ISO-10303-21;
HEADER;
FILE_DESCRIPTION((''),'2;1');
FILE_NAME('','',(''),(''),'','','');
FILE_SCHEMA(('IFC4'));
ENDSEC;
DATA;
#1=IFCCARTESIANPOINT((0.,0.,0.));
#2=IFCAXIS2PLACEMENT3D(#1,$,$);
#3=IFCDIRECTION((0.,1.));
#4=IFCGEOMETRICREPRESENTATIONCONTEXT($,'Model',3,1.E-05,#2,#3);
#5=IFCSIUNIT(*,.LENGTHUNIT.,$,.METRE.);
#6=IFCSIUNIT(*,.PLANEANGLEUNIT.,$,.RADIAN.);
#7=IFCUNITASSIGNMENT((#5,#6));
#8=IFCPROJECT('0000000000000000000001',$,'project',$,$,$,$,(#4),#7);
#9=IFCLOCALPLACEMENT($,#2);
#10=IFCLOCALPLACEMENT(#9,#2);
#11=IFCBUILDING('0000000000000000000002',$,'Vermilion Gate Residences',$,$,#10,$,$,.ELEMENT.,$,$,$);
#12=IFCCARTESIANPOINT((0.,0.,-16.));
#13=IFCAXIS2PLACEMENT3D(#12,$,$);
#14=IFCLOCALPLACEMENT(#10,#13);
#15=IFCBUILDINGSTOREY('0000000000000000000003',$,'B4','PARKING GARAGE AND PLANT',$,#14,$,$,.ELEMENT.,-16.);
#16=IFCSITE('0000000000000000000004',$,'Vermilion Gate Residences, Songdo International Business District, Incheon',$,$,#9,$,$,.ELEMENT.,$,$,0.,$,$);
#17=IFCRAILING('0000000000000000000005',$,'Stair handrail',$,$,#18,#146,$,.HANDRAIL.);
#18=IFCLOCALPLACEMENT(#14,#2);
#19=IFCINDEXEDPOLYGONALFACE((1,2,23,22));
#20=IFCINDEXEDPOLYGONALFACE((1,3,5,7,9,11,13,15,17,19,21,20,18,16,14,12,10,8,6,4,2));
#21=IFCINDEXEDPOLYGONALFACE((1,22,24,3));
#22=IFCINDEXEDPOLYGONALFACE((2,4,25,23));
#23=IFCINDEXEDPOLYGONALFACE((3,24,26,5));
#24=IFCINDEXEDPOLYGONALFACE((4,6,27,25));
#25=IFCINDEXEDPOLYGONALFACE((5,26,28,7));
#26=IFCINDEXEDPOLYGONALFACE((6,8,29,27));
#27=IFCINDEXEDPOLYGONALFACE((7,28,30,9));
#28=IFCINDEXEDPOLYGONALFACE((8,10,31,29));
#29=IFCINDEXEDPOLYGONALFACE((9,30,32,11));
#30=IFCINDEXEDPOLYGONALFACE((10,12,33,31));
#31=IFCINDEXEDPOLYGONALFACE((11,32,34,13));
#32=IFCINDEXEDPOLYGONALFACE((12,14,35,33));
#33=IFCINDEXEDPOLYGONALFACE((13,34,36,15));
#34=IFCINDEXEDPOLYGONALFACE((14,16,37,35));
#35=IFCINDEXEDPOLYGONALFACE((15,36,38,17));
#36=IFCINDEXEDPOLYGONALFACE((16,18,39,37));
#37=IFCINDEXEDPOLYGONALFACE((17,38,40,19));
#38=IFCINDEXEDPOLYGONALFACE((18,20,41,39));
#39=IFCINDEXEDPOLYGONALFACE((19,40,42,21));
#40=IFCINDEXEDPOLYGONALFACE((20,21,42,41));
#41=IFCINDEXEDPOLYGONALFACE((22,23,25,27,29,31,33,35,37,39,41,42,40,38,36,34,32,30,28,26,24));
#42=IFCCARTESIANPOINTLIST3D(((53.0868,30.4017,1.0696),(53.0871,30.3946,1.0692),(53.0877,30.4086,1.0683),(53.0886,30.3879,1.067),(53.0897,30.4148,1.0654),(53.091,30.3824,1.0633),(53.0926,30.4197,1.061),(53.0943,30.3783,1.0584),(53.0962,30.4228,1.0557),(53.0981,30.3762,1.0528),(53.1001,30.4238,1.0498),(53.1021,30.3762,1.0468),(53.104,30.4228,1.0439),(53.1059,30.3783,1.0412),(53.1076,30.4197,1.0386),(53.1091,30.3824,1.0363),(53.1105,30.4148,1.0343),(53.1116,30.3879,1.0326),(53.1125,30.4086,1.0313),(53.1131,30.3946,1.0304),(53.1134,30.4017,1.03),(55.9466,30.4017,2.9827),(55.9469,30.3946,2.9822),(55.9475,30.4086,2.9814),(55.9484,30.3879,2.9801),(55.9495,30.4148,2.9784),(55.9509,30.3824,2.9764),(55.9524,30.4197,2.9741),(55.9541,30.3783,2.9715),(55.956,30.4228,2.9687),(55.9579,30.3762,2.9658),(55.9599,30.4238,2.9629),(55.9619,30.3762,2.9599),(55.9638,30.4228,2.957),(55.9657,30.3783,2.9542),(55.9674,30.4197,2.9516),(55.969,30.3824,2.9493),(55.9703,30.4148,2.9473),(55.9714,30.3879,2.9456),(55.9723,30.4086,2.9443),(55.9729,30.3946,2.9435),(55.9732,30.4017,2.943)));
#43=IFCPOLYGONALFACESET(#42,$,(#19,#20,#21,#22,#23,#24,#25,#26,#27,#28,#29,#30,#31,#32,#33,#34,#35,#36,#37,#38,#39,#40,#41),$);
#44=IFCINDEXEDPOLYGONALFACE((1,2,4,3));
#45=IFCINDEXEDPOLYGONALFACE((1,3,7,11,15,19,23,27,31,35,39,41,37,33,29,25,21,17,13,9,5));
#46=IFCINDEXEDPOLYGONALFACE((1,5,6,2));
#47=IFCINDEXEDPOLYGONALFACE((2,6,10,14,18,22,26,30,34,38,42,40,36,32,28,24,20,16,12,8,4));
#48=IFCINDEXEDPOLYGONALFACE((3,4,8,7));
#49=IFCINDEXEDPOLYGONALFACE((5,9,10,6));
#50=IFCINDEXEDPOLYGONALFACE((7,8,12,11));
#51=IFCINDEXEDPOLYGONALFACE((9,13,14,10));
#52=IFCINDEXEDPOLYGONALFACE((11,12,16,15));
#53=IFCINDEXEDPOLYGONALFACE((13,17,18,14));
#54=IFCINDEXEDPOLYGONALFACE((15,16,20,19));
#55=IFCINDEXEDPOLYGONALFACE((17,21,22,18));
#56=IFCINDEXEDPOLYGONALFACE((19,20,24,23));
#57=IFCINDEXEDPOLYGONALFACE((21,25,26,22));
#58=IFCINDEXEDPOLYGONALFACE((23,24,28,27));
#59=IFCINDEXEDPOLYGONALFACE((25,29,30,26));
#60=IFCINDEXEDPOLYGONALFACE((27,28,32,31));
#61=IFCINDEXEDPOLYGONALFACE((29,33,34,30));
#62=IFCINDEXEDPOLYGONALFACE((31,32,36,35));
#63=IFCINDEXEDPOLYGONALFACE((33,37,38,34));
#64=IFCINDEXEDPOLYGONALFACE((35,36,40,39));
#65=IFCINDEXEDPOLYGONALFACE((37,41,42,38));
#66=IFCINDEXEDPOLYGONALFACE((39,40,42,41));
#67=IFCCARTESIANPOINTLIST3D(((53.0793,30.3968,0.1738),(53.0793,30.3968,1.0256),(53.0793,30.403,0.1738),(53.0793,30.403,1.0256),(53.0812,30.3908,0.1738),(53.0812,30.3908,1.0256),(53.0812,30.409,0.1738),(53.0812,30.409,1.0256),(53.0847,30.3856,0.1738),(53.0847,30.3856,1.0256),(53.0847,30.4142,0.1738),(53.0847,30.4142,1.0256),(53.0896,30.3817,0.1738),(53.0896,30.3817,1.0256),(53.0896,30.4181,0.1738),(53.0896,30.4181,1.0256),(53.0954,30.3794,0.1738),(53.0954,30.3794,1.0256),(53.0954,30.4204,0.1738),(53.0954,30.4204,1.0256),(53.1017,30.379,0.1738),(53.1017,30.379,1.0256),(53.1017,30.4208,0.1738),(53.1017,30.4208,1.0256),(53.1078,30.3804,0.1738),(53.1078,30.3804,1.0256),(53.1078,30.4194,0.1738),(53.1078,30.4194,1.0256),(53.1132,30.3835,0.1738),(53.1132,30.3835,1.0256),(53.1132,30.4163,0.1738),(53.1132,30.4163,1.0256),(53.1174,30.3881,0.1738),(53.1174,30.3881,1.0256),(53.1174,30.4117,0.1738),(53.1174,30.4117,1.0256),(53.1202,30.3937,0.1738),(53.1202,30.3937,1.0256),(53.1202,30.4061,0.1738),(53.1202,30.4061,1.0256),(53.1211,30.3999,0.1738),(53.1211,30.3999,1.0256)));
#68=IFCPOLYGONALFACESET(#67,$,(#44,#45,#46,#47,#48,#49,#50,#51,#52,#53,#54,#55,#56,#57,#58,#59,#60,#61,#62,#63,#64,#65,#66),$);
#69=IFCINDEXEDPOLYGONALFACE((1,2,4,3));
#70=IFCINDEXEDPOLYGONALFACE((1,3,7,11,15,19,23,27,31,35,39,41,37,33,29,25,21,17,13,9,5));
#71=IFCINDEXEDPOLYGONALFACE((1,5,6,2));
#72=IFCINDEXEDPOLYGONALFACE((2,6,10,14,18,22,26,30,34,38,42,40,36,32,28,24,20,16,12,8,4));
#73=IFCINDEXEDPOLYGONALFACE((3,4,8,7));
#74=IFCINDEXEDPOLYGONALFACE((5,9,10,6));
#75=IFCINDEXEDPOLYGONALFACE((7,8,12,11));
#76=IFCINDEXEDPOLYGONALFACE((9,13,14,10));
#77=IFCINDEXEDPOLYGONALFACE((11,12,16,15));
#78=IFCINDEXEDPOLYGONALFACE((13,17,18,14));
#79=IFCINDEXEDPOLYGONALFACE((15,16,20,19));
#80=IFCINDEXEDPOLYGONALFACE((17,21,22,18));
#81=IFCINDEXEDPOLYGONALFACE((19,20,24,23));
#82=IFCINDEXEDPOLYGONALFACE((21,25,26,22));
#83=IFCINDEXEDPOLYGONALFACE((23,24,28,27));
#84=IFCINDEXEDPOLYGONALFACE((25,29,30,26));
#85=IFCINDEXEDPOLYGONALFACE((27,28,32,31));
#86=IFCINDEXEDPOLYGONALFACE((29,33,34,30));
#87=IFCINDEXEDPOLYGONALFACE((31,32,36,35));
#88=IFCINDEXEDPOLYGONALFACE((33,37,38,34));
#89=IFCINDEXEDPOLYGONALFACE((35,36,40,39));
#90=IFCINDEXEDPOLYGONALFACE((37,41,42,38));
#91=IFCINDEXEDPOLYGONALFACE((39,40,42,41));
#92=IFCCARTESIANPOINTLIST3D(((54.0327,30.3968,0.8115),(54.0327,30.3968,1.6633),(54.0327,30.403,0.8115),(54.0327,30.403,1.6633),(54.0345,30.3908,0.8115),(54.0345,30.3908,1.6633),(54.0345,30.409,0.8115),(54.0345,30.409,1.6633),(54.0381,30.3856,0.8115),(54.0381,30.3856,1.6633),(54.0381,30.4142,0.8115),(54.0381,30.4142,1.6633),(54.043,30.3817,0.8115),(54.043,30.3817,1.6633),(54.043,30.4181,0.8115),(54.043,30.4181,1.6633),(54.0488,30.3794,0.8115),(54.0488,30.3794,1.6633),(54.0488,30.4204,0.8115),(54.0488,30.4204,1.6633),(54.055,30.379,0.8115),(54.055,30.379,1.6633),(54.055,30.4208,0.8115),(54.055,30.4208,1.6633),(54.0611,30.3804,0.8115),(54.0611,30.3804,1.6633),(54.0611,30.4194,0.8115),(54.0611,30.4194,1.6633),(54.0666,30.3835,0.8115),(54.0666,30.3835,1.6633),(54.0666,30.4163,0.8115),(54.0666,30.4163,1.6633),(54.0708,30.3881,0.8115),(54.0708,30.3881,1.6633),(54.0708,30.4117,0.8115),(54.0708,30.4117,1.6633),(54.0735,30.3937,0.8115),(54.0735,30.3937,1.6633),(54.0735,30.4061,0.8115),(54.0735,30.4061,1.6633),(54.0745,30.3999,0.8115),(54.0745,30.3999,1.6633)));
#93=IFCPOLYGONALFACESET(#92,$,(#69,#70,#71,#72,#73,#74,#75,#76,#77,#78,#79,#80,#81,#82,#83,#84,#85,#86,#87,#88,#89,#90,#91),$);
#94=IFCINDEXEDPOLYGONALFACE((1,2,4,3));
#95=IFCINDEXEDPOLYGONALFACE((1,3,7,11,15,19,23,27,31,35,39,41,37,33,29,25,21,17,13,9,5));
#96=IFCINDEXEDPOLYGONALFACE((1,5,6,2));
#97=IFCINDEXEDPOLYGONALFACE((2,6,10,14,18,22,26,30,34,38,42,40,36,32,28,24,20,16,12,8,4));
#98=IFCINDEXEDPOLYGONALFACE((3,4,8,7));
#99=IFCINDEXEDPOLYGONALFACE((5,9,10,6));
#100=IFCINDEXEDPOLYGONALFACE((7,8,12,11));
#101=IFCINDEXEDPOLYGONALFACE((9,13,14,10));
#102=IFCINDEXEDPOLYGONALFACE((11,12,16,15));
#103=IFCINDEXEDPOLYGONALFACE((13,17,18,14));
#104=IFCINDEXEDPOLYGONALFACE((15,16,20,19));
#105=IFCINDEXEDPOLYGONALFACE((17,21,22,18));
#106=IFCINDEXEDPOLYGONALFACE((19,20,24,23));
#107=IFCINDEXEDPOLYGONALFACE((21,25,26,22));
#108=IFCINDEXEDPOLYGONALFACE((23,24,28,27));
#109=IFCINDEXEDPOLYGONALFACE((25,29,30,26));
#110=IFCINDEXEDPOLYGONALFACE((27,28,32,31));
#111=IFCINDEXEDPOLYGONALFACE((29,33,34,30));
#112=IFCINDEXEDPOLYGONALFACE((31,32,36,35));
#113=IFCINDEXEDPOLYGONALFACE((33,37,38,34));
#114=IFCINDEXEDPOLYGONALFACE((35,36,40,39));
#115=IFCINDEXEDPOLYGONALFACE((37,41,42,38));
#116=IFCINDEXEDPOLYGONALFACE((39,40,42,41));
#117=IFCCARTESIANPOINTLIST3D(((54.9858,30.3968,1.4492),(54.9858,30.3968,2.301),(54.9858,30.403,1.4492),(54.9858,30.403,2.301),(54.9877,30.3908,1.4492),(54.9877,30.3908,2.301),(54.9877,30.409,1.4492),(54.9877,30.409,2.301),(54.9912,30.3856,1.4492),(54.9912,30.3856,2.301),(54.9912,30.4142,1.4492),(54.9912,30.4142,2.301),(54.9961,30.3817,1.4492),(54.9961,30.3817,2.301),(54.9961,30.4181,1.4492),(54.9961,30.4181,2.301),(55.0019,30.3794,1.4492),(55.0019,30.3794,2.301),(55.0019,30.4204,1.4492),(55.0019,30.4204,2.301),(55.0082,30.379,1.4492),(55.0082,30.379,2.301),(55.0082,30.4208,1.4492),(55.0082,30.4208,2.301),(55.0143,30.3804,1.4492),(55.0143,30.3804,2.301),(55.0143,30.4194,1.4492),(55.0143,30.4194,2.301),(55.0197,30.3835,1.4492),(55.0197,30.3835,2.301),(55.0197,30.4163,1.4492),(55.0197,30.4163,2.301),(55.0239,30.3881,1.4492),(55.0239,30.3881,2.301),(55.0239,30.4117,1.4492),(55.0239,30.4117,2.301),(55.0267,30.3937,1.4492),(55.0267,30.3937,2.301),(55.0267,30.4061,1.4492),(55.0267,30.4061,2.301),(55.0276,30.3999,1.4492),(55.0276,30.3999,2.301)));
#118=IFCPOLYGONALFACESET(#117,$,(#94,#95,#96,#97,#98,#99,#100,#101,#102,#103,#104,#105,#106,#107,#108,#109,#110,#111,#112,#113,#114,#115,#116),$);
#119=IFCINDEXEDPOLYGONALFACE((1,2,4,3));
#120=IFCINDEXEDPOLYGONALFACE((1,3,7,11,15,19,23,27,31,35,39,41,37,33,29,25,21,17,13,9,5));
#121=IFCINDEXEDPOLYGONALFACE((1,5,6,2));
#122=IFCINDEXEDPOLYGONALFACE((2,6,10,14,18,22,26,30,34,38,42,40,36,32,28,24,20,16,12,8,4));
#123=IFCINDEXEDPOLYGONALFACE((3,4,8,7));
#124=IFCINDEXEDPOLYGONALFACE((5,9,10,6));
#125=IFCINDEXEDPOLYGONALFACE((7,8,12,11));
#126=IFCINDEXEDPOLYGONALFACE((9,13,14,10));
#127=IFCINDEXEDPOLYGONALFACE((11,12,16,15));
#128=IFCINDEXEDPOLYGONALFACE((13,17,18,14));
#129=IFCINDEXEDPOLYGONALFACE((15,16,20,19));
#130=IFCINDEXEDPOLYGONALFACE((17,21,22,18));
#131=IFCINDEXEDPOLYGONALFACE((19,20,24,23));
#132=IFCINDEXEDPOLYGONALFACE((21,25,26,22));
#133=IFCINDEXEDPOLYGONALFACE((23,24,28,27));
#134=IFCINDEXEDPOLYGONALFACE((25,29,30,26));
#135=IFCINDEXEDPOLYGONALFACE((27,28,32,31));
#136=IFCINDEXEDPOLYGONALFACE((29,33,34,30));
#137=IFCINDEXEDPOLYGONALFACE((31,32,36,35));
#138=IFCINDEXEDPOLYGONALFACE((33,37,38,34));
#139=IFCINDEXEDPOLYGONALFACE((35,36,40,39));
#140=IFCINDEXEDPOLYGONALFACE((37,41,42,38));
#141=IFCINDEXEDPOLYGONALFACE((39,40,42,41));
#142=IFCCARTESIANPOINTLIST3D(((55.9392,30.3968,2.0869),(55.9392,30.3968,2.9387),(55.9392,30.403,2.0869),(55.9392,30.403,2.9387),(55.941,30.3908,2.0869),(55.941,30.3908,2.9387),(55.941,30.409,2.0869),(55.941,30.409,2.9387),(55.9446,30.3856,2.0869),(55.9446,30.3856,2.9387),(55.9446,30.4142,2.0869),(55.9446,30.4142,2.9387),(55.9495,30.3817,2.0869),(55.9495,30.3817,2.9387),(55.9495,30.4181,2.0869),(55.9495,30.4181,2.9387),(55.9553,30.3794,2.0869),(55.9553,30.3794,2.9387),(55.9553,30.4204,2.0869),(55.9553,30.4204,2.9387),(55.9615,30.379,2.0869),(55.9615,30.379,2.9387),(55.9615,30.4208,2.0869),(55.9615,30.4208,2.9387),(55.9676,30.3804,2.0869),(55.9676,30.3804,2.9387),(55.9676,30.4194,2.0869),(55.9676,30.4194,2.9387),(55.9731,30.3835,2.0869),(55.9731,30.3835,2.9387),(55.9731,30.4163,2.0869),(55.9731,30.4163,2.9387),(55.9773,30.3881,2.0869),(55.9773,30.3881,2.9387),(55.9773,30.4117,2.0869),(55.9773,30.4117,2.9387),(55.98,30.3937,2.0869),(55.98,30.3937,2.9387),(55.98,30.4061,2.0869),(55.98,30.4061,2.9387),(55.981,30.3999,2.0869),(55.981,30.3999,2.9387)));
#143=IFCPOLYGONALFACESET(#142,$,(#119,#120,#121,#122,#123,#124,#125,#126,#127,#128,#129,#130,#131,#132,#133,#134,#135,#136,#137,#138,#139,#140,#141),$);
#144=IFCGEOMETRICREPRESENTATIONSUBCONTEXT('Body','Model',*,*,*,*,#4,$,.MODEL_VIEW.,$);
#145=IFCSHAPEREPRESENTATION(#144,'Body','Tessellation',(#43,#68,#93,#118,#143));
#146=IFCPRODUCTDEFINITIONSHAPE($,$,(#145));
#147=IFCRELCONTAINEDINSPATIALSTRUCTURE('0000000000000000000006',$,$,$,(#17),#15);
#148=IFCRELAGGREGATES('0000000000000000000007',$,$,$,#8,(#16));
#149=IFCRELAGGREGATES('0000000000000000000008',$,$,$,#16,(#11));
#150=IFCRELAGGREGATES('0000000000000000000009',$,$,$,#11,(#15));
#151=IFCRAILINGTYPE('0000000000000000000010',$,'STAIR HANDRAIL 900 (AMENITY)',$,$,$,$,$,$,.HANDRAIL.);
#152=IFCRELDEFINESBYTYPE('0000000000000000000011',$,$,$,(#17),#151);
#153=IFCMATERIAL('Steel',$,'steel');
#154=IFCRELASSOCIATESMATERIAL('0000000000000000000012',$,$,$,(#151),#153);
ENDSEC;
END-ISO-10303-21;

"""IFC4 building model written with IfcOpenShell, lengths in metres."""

from ifc_helpers import new_model, si_unit, direction, frame, origin, origin_2d, place, context, subcontext, project, spatial, circle, extrude, material, type_object, element, save


model = new_model("IFC4")

# Units and contexts
model_context = context("Model", 3, precision=1e-05, world=origin(), true_north=direction((0.0, 1.0)))
body_context = subcontext(model_context, "Body", "Model", "MODEL_VIEW")
ifc_project = project(units=[si_unit("LENGTHUNIT", "METRE"), si_unit("PLANEANGLEUNIT", "RADIAN")], contexts=[model_context])

# Site, building, storey
site_placement = place(None, origin())
site = spatial("IfcSite", under=ifc_project, at=site_placement, Name="Vermilion Gate Residences, Songdo International Business District, Incheon", CompositionType="ELEMENT", RefElevation=0.0)
building_placement = place(site_placement, origin())
building = spatial("IfcBuilding", under=site, at=building_placement, Name="Vermilion Gate Residences", CompositionType="ELEMENT")
storey_placement = place(building_placement, frame((0.0, 0.0, -16.0)))
storey = spatial("IfcBuildingStorey", under=building, at=storey_placement, Name="B4", Description="PARKING GARAGE AND PLANT", CompositionType="ELEMENT", Elevation=-16.0)

# Railing
ifc_material_1 = material(Name="Steel", Category="steel")
railing_type = type_object("IfcRailingType", Name="STAIR HANDRAIL 900 (AMENITY)", PredefinedType="HANDRAIL", material=ifc_material_1)
railing_1_placement = place(storey_placement, frame((53.1001, 30.3999, 0.1738)))
element("IfcRailing", 1, at=railing_1_placement, inside=storey, type_object=railing_type, Name="Stair handrail", PredefinedType="HANDRAIL", context=body_context, shape_type="SweptSolid", body=[
    extrude(circle(Radius=0.0239, at=origin_2d()), frame((0.0, 0.0, 0.876), z_axis=(0.831176, 0.0, 0.556009), x_axis=(0.0, 1.0, 0.0)), (0.0, 0.0, 1.0), 3.4407),
    extrude(circle(Radius=0.021, at=origin_2d()), origin(), (0.0, 0.0, 1.0), 0.8518),
    extrude(circle(Radius=0.021, at=origin_2d()), frame((0.9534, 0.0, 0.6377)), (0.0, 0.0, 1.0), 0.8518),
    extrude(circle(Radius=0.021, at=origin_2d()), frame((1.9065, 0.0, 1.2754)), (0.0, 0.0, 1.0), 0.8518),
    extrude(circle(Radius=0.021, at=origin_2d()), frame((2.8599, 0.0, 1.9131)), (0.0, 0.0, 1.0), 0.8518),
])

save(model, "model.ifc")
